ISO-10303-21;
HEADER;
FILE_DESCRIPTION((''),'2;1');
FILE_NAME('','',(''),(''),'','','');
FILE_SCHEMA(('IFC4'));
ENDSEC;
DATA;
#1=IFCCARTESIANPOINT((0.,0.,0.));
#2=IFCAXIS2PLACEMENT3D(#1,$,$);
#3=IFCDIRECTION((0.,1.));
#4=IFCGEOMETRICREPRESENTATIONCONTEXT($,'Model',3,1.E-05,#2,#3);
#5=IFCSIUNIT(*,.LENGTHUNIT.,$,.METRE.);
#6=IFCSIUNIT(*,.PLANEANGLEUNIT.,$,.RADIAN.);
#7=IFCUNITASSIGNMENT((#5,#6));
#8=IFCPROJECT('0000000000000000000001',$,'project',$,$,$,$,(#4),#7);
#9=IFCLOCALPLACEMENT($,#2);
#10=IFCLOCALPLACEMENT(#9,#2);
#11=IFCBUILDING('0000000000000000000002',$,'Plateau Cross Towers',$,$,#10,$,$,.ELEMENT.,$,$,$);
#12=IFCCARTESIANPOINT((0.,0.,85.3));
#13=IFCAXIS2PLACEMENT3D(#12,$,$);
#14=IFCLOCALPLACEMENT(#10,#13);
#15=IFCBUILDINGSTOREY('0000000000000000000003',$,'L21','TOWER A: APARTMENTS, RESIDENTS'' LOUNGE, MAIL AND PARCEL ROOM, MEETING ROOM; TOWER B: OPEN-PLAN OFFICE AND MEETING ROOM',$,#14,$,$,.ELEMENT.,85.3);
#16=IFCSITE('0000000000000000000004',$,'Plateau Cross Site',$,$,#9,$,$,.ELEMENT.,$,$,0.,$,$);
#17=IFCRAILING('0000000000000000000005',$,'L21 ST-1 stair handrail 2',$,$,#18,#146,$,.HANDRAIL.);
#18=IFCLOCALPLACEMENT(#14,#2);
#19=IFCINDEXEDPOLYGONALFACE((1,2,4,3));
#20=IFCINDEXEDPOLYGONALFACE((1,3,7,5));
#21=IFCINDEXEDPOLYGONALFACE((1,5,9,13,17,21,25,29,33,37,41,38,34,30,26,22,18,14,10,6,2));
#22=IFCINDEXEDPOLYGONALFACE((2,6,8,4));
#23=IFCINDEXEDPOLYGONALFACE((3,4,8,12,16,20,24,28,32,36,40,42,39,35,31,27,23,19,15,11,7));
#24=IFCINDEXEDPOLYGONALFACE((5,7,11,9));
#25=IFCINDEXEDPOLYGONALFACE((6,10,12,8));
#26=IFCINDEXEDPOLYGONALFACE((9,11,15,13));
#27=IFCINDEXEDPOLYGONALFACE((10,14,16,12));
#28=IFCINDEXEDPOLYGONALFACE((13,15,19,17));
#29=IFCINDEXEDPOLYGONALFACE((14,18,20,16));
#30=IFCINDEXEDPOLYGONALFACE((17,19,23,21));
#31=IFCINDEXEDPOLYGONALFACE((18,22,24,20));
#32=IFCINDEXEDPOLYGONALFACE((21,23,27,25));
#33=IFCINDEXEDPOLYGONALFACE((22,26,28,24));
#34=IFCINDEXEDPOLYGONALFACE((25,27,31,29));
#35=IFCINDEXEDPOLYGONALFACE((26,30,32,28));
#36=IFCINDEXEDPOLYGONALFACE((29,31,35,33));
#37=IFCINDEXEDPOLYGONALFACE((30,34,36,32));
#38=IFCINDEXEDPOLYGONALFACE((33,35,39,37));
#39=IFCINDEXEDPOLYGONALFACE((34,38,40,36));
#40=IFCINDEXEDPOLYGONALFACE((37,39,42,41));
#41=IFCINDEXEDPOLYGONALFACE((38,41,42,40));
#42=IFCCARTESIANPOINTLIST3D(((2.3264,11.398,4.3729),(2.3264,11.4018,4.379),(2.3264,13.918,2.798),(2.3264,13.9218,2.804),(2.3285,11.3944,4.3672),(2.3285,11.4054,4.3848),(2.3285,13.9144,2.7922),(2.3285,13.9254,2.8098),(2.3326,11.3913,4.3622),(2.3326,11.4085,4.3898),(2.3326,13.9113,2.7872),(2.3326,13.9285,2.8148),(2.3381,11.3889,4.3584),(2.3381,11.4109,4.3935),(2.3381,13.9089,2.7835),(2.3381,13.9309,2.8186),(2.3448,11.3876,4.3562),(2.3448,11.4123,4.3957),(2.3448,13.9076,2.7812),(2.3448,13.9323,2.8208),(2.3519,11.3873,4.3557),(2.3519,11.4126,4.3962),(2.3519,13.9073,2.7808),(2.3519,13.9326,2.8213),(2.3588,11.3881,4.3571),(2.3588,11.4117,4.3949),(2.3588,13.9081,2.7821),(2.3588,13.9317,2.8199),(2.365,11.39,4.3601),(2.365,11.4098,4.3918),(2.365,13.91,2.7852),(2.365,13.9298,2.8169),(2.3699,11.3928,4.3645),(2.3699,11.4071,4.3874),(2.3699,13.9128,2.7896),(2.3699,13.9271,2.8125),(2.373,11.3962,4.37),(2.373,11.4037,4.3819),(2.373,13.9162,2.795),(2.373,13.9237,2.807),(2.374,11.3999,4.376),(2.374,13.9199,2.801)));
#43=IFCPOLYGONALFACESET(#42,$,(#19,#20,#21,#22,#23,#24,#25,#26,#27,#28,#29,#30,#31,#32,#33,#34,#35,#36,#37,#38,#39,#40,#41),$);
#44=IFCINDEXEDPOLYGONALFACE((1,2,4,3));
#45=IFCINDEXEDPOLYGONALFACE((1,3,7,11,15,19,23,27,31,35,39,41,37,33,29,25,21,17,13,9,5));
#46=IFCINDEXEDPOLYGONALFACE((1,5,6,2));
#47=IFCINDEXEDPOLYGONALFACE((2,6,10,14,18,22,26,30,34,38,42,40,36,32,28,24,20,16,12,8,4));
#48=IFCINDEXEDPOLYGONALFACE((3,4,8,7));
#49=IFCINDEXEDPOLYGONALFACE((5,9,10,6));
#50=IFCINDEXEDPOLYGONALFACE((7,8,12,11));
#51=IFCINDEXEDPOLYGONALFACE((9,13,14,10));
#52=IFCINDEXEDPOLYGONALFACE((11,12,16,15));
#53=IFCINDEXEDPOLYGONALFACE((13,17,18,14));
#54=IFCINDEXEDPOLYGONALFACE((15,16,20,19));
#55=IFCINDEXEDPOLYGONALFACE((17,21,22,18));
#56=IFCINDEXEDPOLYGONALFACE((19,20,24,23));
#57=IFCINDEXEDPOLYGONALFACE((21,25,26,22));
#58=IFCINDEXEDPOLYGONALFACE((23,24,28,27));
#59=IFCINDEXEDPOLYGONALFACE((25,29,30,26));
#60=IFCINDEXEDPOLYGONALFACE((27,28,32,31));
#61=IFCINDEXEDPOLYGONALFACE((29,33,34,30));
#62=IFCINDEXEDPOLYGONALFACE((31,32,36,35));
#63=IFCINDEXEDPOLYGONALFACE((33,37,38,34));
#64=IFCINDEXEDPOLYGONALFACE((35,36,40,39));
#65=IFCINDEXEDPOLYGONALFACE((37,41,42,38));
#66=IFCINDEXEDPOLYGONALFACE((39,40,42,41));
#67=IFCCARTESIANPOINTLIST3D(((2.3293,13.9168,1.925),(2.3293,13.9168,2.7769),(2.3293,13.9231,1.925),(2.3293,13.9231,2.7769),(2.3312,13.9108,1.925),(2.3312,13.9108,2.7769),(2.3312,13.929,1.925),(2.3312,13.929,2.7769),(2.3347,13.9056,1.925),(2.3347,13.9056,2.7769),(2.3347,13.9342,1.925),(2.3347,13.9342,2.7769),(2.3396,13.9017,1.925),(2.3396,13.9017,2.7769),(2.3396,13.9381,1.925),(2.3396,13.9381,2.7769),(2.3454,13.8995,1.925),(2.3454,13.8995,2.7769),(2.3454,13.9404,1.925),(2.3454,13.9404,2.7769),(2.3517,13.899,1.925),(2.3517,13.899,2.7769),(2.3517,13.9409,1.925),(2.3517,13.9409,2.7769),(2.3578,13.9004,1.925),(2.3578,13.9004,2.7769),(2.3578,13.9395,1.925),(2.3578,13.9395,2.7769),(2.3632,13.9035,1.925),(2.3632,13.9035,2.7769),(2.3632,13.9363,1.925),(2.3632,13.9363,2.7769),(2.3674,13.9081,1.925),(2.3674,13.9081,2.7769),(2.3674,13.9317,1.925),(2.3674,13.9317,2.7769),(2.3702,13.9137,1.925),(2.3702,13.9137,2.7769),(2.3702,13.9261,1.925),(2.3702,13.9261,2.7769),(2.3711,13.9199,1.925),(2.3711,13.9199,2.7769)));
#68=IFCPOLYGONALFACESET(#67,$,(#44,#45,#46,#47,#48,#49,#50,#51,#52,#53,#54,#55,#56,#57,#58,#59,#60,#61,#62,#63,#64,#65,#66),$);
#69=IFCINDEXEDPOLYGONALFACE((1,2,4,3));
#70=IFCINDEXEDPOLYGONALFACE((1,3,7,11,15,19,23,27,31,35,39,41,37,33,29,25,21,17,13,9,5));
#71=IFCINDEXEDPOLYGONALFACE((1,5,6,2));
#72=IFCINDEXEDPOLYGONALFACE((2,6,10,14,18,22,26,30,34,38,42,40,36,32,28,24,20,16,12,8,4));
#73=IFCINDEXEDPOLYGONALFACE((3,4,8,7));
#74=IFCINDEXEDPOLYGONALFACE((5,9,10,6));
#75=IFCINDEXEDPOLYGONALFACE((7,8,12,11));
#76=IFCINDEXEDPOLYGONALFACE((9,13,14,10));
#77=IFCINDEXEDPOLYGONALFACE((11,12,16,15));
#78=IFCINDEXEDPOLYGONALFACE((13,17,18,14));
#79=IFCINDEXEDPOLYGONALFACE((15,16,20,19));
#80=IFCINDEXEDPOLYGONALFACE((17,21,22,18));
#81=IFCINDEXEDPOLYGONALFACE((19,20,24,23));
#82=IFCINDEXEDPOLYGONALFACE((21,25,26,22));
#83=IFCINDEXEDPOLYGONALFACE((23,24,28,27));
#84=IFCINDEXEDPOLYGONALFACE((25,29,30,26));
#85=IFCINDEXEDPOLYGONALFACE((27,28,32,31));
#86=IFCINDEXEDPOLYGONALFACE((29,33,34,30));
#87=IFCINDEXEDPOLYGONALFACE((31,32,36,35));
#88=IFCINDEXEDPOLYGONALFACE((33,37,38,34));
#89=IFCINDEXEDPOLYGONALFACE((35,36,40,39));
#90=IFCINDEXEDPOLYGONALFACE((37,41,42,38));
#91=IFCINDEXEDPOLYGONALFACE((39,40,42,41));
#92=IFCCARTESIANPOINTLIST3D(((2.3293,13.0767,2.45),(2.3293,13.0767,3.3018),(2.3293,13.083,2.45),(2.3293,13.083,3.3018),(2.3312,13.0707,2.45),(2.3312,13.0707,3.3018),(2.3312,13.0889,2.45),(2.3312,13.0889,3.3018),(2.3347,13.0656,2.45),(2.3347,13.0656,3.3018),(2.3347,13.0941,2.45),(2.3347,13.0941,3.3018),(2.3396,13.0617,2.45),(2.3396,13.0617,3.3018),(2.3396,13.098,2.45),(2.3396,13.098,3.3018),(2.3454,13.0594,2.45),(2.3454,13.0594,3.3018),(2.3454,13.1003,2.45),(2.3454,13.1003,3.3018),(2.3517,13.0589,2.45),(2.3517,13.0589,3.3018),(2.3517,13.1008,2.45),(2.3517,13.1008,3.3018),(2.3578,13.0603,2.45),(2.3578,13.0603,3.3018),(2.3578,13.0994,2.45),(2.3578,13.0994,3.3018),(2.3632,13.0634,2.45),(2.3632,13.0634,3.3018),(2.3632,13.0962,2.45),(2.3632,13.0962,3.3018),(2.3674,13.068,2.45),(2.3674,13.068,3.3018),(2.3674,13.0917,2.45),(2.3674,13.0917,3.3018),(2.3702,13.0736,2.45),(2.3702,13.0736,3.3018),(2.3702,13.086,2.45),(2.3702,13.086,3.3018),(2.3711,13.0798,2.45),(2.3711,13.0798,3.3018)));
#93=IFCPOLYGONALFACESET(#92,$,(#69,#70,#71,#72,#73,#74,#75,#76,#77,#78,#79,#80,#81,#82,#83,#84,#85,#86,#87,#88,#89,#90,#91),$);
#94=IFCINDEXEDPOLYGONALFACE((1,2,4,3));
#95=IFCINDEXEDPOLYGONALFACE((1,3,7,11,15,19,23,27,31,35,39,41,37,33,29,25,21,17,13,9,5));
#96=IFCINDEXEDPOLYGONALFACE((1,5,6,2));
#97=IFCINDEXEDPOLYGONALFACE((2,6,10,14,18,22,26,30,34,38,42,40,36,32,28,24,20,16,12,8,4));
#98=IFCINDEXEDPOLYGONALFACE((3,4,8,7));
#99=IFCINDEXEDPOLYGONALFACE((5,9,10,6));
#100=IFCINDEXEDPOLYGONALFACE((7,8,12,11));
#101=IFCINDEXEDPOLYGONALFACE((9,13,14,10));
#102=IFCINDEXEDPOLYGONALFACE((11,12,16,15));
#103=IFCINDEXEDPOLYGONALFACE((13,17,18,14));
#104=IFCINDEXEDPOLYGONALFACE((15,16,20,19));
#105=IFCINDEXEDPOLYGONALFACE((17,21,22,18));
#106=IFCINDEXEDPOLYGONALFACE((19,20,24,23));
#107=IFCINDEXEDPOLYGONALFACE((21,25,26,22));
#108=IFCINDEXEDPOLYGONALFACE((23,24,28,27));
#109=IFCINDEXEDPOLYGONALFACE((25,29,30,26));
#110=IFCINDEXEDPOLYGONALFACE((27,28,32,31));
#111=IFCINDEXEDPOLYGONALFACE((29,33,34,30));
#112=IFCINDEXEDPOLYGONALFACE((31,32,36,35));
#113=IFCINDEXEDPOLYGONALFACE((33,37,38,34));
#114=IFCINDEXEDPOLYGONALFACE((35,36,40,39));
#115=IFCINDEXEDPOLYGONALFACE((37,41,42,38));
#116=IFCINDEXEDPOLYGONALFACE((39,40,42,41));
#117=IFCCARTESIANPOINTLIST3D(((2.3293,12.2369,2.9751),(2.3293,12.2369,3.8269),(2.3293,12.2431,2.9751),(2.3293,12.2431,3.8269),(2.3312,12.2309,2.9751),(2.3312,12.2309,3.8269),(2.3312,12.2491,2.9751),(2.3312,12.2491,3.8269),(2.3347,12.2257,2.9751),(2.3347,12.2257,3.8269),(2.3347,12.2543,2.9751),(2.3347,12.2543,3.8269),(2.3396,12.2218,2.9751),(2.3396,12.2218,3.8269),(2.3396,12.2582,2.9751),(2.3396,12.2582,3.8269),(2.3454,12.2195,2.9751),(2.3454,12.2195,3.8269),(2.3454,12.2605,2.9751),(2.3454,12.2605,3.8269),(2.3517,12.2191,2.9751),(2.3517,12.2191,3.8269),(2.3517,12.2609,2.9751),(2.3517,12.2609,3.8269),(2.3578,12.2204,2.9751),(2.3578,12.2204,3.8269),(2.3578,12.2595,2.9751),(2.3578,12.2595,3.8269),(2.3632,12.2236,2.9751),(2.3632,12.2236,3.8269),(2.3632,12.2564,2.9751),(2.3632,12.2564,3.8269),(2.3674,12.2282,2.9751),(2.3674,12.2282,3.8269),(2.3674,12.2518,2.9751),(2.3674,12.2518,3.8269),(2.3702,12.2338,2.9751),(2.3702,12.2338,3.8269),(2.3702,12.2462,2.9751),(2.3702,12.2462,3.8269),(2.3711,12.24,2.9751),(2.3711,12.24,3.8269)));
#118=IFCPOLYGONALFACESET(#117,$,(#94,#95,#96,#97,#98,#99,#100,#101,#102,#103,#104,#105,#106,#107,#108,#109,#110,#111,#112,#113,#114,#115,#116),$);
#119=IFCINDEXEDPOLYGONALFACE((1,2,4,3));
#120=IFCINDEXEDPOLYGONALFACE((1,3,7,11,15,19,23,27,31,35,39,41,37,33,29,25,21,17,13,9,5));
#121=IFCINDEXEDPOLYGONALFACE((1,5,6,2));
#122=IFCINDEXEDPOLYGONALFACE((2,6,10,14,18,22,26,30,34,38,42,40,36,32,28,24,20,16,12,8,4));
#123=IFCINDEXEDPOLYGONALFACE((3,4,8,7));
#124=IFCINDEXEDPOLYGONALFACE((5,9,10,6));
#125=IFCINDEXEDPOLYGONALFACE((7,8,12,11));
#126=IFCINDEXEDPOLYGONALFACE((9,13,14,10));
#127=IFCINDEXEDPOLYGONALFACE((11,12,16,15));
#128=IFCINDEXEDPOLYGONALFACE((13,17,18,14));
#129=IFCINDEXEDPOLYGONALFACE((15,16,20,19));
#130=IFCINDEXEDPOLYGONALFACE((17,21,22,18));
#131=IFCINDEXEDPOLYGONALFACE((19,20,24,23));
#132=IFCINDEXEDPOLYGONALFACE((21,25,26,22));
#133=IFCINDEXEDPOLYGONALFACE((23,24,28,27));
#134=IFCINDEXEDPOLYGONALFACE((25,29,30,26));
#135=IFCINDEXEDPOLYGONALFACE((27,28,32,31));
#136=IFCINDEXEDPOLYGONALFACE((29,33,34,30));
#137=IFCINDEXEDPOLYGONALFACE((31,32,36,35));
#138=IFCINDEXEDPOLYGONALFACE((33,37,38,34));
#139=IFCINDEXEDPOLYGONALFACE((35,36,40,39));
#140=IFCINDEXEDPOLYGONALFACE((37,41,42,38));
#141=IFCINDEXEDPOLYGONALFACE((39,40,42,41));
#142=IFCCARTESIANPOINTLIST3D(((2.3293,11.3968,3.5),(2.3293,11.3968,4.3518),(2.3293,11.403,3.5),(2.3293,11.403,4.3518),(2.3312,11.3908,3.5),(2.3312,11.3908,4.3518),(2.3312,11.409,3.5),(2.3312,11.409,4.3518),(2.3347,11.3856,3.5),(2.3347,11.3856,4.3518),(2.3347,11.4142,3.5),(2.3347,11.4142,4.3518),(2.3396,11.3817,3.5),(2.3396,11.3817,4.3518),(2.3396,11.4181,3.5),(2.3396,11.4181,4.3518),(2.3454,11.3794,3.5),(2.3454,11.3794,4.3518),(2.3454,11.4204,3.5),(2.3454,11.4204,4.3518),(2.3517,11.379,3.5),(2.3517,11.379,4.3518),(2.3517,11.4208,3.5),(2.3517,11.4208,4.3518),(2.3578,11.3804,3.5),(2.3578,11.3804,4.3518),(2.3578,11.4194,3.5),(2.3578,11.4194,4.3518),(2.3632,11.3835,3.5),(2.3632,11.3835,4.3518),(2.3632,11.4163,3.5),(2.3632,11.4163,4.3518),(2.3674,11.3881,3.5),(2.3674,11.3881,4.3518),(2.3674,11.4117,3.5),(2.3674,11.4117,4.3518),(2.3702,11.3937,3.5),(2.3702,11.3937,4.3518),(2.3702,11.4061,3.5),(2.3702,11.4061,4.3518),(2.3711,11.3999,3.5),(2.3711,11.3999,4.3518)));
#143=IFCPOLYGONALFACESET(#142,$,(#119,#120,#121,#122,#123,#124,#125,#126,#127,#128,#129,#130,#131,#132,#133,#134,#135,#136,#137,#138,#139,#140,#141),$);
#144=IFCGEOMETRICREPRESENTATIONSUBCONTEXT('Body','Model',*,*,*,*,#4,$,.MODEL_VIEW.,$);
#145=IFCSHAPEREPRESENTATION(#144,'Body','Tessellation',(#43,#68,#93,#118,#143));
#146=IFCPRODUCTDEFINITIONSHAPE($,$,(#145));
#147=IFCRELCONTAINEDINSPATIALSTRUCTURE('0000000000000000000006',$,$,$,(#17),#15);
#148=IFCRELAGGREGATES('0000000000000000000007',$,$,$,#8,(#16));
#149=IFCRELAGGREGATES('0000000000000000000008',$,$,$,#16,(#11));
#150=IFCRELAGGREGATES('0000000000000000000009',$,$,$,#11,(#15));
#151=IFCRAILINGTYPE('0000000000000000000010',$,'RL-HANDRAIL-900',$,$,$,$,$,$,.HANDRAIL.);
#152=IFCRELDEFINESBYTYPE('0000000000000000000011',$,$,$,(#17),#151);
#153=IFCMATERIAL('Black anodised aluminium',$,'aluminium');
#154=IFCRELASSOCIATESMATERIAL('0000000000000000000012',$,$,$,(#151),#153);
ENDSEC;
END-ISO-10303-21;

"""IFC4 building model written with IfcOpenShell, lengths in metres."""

from ifc_helpers import new_model, si_unit, direction, frame, origin, origin_2d, place, context, subcontext, project, spatial, circle, extrude, material, type_object, element, save


model = new_model("IFC4")

# Units and contexts
model_context = context("Model", 3, precision=1e-05, world=origin(), true_north=direction((0.0, 1.0)))
body_context = subcontext(model_context, "Body", "Model", "MODEL_VIEW")
ifc_project = project(units=[si_unit("LENGTHUNIT", "METRE"), si_unit("PLANEANGLEUNIT", "RADIAN")], contexts=[model_context])

# Site, building, storey
site_placement = place(None, origin())
site = spatial("IfcSite", under=ifc_project, at=site_placement, Name="Plateau Cross Site", CompositionType="ELEMENT", RefElevation=0.0)
building_placement = place(site_placement, origin())
building = spatial("IfcBuilding", under=site, at=building_placement, Name="Plateau Cross Towers", CompositionType="ELEMENT")
storey_placement = place(building_placement, frame((0.0, 0.0, 85.3)))
storey = spatial("IfcBuildingStorey", under=building, at=storey_placement, Name="L21", Description="TOWER A: APARTMENTS, RESIDENTS' LOUNGE, MAIL AND PARCEL ROOM, MEETING ROOM; TOWER B: OPEN-PLAN OFFICE AND MEETING ROOM", CompositionType="ELEMENT", Elevation=85.3)

# Shared definitions
ifc_material_1 = material(Name="Black anodised aluminium", Category="aluminium")

# Railing
railing_type_1 = type_object("IfcRailingType", Name="RL-HANDRAIL-900", PredefinedType="HANDRAIL", material=ifc_material_1)
railing_1_placement = place(storey_placement, frame((2.3501, 13.9199, 1.925)))
element("IfcRailing", 1, at=railing_1_placement, inside=storey, type_object=railing_type_1, Name="L21 ST-1 stair handrail 2", PredefinedType="HANDRAIL", context=body_context, shape_type="SweptSolid", body=[
    extrude(circle(Radius=0.0239, at=origin_2d()), frame((0.0, 0.0, 0.876), z_axis=(0.0, -0.848008, 0.529984), x_axis=(1.0, 0.0, 0.0)), (0.0, 0.0, 1.0), 2.9717),
    extrude(circle(Radius=0.021, at=origin_2d()), origin(), (0.0, 0.0, 1.0), 0.8518),
    extrude(circle(Radius=0.021, at=origin_2d()), frame((0.0, -0.8401, 0.5249)), (0.0, 0.0, 1.0), 0.8518),
    extrude(circle(Radius=0.021, at=origin_2d()), frame((0.0, -1.6799, 1.05)), (0.0, 0.0, 1.0), 0.8518),
    extrude(circle(Radius=0.021, at=origin_2d()), frame((0.0, -2.52, 1.575)), (0.0, 0.0, 1.0), 0.8518),
])

save(model, "model.ifc")
